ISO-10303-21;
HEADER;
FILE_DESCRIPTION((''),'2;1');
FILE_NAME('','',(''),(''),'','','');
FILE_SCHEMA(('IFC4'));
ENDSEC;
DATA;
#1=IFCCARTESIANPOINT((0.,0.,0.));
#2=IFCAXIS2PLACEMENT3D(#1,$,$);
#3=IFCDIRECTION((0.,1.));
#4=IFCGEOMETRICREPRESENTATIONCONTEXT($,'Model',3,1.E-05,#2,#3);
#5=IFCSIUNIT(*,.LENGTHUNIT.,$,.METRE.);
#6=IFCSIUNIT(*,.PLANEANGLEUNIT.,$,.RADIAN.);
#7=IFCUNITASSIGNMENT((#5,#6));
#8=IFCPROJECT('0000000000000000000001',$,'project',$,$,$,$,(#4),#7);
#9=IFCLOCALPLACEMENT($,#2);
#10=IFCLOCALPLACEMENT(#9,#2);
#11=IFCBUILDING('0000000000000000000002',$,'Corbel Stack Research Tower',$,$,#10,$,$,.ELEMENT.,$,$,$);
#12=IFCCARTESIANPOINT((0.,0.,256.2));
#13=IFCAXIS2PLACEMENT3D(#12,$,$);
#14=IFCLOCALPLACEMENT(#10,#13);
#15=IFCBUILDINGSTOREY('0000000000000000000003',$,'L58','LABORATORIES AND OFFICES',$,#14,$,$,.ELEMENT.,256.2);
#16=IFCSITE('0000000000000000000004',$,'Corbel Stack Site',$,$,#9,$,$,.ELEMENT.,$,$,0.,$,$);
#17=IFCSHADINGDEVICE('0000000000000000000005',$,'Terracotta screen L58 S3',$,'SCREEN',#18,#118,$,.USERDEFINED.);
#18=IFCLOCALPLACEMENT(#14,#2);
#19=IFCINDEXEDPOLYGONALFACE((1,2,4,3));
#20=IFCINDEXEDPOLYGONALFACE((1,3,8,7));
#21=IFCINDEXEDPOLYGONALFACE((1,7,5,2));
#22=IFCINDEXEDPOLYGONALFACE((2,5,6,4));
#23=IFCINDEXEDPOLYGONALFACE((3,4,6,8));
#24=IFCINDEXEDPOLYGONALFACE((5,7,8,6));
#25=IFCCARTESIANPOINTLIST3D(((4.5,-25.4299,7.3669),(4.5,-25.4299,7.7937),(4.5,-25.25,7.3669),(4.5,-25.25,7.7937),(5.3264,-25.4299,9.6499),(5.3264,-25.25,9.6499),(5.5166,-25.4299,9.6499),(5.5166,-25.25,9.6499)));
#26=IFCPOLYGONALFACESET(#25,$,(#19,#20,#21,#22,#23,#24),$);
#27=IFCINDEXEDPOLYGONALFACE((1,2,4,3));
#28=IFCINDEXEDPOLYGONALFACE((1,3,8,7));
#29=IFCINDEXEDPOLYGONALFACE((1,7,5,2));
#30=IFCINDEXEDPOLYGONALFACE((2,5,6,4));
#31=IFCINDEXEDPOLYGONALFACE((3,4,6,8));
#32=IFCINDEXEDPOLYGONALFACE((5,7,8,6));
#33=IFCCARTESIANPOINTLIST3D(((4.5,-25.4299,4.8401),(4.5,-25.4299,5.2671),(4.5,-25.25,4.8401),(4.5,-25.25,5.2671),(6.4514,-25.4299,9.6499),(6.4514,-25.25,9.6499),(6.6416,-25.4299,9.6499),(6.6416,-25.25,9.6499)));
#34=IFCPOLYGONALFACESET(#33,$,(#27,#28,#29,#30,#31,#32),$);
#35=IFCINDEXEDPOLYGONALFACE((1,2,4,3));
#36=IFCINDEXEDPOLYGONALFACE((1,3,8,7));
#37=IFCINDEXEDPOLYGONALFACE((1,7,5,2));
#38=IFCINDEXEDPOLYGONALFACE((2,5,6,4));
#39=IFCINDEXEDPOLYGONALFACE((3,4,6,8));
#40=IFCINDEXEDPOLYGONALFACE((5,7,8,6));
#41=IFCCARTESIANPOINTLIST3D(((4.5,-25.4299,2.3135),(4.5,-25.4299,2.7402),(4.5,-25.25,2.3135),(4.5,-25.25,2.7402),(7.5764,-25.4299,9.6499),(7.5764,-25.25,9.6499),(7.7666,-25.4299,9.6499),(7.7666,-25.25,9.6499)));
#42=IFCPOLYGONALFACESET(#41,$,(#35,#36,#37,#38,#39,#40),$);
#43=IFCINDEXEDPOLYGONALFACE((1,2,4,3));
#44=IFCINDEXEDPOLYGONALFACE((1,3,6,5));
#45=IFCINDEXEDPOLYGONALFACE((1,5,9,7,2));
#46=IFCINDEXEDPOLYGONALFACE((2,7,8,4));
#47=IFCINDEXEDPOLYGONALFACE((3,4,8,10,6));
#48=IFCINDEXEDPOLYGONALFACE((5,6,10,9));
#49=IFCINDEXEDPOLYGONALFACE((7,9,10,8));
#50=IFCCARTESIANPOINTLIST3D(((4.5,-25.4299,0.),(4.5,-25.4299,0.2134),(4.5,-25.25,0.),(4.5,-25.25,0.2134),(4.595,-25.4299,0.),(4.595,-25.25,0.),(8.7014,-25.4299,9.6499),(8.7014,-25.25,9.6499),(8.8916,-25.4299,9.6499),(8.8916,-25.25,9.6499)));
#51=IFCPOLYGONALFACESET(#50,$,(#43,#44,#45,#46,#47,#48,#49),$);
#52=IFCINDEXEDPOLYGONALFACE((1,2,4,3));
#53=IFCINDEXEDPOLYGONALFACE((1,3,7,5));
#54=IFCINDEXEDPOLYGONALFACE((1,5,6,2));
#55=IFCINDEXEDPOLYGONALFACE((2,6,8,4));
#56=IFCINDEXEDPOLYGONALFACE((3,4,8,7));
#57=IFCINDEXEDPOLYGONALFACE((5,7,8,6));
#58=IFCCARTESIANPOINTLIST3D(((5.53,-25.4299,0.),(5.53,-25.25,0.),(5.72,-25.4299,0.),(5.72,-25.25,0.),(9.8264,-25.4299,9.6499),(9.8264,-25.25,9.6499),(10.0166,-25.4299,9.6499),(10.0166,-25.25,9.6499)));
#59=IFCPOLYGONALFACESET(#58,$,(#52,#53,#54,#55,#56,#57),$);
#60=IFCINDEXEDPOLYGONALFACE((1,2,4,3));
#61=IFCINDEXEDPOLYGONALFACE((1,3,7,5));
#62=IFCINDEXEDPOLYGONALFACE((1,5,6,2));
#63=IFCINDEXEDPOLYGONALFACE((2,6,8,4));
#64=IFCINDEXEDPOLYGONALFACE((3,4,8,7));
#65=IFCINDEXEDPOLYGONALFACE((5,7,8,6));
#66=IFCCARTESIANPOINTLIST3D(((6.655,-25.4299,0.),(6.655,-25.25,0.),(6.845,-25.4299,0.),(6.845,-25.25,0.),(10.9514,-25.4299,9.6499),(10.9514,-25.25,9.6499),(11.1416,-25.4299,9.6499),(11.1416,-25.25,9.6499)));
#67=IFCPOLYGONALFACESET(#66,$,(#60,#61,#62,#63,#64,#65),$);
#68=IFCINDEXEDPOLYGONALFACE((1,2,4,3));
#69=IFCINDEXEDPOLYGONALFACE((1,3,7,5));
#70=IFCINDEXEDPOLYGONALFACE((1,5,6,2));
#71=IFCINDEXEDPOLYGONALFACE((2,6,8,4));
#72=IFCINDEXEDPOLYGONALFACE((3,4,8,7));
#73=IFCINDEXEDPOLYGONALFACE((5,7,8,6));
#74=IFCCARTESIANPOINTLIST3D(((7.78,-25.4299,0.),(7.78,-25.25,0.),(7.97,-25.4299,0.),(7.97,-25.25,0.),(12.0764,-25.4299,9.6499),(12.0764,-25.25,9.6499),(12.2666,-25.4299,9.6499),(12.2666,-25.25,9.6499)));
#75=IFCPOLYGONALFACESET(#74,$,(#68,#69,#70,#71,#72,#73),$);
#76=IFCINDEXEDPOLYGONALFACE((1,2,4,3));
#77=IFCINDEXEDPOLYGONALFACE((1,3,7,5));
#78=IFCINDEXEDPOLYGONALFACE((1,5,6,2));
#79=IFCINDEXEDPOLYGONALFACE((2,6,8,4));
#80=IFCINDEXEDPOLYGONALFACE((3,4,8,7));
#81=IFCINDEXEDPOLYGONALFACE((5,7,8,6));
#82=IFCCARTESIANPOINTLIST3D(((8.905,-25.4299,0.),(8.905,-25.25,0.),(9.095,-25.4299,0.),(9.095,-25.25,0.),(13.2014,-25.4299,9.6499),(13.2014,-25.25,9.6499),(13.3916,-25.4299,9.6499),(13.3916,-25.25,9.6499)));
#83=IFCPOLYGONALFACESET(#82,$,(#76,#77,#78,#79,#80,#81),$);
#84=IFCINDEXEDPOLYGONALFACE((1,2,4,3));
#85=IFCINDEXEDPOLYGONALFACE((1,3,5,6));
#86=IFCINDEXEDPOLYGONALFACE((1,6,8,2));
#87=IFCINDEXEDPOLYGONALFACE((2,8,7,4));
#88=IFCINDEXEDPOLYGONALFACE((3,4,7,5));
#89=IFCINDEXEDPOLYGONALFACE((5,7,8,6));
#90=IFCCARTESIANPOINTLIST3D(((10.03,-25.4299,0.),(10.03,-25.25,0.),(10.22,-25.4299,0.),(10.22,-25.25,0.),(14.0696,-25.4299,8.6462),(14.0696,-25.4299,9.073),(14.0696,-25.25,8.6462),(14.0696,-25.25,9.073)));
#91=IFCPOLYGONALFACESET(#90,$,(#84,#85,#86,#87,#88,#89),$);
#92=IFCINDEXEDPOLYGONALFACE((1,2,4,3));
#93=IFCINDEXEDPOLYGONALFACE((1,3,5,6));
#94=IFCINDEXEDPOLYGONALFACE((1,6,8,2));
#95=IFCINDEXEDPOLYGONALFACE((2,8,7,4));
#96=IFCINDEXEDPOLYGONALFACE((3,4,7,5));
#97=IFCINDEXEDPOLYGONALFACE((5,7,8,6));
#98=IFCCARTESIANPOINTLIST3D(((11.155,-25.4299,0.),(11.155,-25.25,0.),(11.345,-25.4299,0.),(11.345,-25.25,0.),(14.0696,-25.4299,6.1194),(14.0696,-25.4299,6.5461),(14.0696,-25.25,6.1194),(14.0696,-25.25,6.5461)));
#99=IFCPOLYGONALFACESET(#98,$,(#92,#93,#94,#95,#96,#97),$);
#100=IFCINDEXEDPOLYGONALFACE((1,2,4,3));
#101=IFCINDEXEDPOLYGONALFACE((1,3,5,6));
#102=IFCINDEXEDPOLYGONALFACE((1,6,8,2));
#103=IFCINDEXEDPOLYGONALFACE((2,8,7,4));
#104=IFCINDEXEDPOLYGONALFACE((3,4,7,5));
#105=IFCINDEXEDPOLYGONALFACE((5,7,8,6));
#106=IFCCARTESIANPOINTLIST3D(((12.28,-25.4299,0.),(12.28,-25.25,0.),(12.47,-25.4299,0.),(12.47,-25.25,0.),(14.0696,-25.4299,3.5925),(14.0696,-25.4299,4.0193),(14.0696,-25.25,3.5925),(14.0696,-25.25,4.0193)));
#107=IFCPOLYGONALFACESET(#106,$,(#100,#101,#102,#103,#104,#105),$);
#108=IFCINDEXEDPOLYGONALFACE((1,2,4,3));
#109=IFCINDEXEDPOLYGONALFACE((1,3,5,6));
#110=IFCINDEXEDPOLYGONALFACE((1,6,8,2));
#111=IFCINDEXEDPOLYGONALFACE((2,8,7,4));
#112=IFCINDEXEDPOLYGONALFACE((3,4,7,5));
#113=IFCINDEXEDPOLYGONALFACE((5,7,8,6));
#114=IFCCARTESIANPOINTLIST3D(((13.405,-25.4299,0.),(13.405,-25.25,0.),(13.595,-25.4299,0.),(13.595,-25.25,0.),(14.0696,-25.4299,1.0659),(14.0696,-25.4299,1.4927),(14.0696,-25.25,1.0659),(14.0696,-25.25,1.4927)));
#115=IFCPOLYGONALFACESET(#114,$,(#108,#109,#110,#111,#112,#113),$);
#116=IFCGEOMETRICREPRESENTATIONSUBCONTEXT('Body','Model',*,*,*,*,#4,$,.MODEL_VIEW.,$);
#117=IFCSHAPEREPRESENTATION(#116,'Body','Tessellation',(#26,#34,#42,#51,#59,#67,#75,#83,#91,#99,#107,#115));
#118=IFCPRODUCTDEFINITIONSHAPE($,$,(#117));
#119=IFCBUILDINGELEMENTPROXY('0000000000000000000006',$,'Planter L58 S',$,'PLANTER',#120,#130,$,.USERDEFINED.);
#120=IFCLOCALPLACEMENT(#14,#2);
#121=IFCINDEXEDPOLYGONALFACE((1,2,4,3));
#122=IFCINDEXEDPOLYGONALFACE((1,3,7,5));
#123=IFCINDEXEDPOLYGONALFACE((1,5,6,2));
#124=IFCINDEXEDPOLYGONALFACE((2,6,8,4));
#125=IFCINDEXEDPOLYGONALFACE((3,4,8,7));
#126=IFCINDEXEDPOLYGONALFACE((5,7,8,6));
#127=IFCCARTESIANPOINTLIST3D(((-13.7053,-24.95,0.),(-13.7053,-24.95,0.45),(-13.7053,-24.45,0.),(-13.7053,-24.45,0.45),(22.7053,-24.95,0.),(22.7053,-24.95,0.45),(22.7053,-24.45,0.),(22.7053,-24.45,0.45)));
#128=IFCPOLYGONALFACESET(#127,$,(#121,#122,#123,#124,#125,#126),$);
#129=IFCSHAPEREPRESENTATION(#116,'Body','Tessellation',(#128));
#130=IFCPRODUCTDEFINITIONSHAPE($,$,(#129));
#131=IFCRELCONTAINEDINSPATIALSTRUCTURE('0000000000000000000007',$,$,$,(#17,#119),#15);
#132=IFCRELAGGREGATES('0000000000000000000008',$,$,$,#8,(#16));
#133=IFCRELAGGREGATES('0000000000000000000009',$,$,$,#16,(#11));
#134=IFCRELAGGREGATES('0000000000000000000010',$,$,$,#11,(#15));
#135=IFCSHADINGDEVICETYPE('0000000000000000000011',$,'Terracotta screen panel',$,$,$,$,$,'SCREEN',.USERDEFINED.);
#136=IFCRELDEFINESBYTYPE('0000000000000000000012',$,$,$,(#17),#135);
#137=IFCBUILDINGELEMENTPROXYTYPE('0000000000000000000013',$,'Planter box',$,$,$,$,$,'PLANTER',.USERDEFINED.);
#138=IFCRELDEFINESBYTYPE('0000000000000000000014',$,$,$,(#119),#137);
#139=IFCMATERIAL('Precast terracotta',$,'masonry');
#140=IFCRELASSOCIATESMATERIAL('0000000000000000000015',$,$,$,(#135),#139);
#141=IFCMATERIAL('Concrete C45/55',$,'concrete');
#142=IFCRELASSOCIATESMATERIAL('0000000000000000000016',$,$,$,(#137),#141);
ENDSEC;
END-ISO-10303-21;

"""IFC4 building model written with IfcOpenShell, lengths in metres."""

from ifc_helpers import new_model, si_unit, direction, frame, origin, origin_2d, place, context, subcontext, project, spatial, polyline, rectangle, outline, extrude, source, transform, mapped, material, type_object, element, save


model = new_model("IFC4")

# Units and contexts
model_context = context("Model", 3, precision=1e-05, world=origin(), true_north=direction((0.0, 1.0)))
body_context = subcontext(model_context, "Body", "Model", "MODEL_VIEW")
ifc_project = project(units=[si_unit("LENGTHUNIT", "METRE"), si_unit("PLANEANGLEUNIT", "RADIAN")], contexts=[model_context])

# Site, building, storey
site_placement = place(None, origin())
site = spatial("IfcSite", under=ifc_project, at=site_placement, Name="Corbel Stack Site", CompositionType="ELEMENT", RefElevation=0.0)
building_placement = place(site_placement, origin())
building = spatial("IfcBuilding", under=site, at=building_placement, Name="Corbel Stack Research Tower", CompositionType="ELEMENT")
storey_placement = place(building_placement, frame((0.0, 0.0, 256.2)))
storey = spatial("IfcBuildingStorey", under=building, at=storey_placement, Name="L58", Description="LABORATORIES AND OFFICES", CompositionType="ELEMENT", Elevation=256.2)

# Shading device
ifc_material_1 = material(Name="Precast terracotta", Category="masonry")
shading_device_type = type_object("IfcShadingDeviceType", Name="Terracotta screen panel", ElementType="SCREEN", PredefinedType="USERDEFINED", material=ifc_material_1)
shared_shape = source(origin(), body_context, "Body", "SweptSolid", [
    extrude(outline(polyline([(1.0166, 9.6499), (0.8264, 9.6499), (0.0, 7.7937), (0.0, 7.3669), (1.0166, 9.6499)])), frame((0.0, 0.0, 0.0), z_axis=(0.0, -1.0, 0.0), x_axis=(1.0, 0.0, 0.0)), (0.0, 0.0, 1.0), 0.1799),
    extrude(outline(polyline([(2.1416, 9.6499), (1.9514, 9.6499), (0.0, 5.2671), (0.0, 4.8401), (2.1416, 9.6499)])), frame((0.0, 0.0, 0.0), z_axis=(0.0, -1.0, 0.0), x_axis=(1.0, 0.0, 0.0)), (0.0, 0.0, 1.0), 0.1799),
    extrude(outline(polyline([(3.2666, 9.6499), (3.0764, 9.6499), (0.0, 2.7402), (0.0, 2.3135), (3.2666, 9.6499)])), frame((0.0, 0.0, 0.0), z_axis=(0.0, -1.0, 0.0), x_axis=(1.0, 0.0, 0.0)), (0.0, 0.0, 1.0), 0.1799),
    extrude(outline(polyline([(0.095, 0.0), (4.3916, 9.6499), (4.2014, 9.6499), (0.0, 0.2134), (0.0, 0.0), (0.095, 0.0)])), frame((0.0, 0.0, 0.0), z_axis=(0.0, -1.0, 0.0), x_axis=(1.0, 0.0, 0.0)), (0.0, 0.0, 1.0), 0.1799),
    extrude(outline(polyline([(1.22, 0.0), (5.5166, 9.6499), (5.3264, 9.6499), (1.03, 0.0), (1.22, 0.0)])), frame((0.0, 0.0, 0.0), z_axis=(0.0, -1.0, 0.0), x_axis=(1.0, 0.0, 0.0)), (0.0, 0.0, 1.0), 0.1799),
    extrude(outline(polyline([(2.345, 0.0), (6.6416, 9.6499), (6.4514, 9.6499), (2.155, 0.0), (2.345, 0.0)])), frame((0.0, 0.0, 0.0), z_axis=(0.0, -1.0, 0.0), x_axis=(1.0, 0.0, 0.0)), (0.0, 0.0, 1.0), 0.1799),
    extrude(outline(polyline([(3.47, 0.0), (7.7666, 9.6499), (7.5764, 9.6499), (3.28, 0.0), (3.47, 0.0)])), frame((0.0, 0.0, 0.0), z_axis=(0.0, -1.0, 0.0), x_axis=(1.0, 0.0, 0.0)), (0.0, 0.0, 1.0), 0.1799),
    extrude(outline(polyline([(4.595, 0.0), (8.8916, 9.6499), (8.7014, 9.6499), (4.405, 0.0), (4.595, 0.0)])), frame((0.0, 0.0, 0.0), z_axis=(0.0, -1.0, 0.0), x_axis=(1.0, 0.0, 0.0)), (0.0, 0.0, 1.0), 0.1799),
    extrude(outline(polyline([(5.72, 0.0), (9.5696, 8.6462), (9.5696, 9.073), (5.53, 0.0), (5.72, 0.0)])), frame((0.0, 0.0, 0.0), z_axis=(0.0, -1.0, 0.0), x_axis=(1.0, 0.0, 0.0)), (0.0, 0.0, 1.0), 0.1799),
    extrude(outline(polyline([(6.845, 0.0), (9.5696, 6.1194), (9.5696, 6.5461), (6.655, 0.0), (6.845, 0.0)])), frame((0.0, 0.0, 0.0), z_axis=(0.0, -1.0, 0.0), x_axis=(1.0, 0.0, 0.0)), (0.0, 0.0, 1.0), 0.1799),
    extrude(outline(polyline([(7.97, 0.0), (9.5696, 3.5925), (9.5696, 4.0193), (7.78, 0.0), (7.97, 0.0)])), frame((0.0, 0.0, 0.0), z_axis=(0.0, -1.0, 0.0), x_axis=(1.0, 0.0, 0.0)), (0.0, 0.0, 1.0), 0.1799),
    extrude(outline(polyline([(9.095, 0.0), (9.5696, 1.0659), (9.5696, 1.4927), (8.905, 0.0), (9.095, 0.0)])), frame((0.0, 0.0, 0.0), z_axis=(0.0, -1.0, 0.0), x_axis=(1.0, 0.0, 0.0)), (0.0, 0.0, 1.0), 0.1799),
])
shading_device_placement = place(storey_placement, frame((4.5, -25.25, 0.0), z_axis=(0.0, 0.0, 1.0), x_axis=(1.0, 0.0, 0.0)))
element("IfcShadingDevice", 1, at=shading_device_placement, inside=storey, type_object=shading_device_type, Name="Terracotta screen L58 S3", ObjectType="SCREEN", PredefinedType="USERDEFINED", context=body_context, shape_type="MappedRepresentation", body=[
    mapped(shared_shape, transform((0.0, 0.0, 0.0))),
])

# Building element proxy
ifc_material_2 = material(Name="Concrete C45/55", Category="concrete")
building_element_proxy_type = type_object("IfcBuildingElementProxyType", Name="Planter box", ElementType="PLANTER", PredefinedType="USERDEFINED", material=ifc_material_2)
proxy_placement = place(storey_placement, frame((4.5, -24.7, 0.0), z_axis=(0.0, 0.0, 1.0), x_axis=(1.0, 0.0, 0.0)))
element("IfcBuildingElementProxy", 2, at=proxy_placement, inside=storey, type_object=building_element_proxy_type, Name="Planter L58 S", ObjectType="PLANTER", PredefinedType="USERDEFINED", context=body_context, shape_type="SweptSolid", body=[
    extrude(rectangle(XDim=36.4106, YDim=0.5, at=origin_2d()), origin(), (0.0, 0.0, 1.0), 0.45),
])

save(model, "model.ifc")
